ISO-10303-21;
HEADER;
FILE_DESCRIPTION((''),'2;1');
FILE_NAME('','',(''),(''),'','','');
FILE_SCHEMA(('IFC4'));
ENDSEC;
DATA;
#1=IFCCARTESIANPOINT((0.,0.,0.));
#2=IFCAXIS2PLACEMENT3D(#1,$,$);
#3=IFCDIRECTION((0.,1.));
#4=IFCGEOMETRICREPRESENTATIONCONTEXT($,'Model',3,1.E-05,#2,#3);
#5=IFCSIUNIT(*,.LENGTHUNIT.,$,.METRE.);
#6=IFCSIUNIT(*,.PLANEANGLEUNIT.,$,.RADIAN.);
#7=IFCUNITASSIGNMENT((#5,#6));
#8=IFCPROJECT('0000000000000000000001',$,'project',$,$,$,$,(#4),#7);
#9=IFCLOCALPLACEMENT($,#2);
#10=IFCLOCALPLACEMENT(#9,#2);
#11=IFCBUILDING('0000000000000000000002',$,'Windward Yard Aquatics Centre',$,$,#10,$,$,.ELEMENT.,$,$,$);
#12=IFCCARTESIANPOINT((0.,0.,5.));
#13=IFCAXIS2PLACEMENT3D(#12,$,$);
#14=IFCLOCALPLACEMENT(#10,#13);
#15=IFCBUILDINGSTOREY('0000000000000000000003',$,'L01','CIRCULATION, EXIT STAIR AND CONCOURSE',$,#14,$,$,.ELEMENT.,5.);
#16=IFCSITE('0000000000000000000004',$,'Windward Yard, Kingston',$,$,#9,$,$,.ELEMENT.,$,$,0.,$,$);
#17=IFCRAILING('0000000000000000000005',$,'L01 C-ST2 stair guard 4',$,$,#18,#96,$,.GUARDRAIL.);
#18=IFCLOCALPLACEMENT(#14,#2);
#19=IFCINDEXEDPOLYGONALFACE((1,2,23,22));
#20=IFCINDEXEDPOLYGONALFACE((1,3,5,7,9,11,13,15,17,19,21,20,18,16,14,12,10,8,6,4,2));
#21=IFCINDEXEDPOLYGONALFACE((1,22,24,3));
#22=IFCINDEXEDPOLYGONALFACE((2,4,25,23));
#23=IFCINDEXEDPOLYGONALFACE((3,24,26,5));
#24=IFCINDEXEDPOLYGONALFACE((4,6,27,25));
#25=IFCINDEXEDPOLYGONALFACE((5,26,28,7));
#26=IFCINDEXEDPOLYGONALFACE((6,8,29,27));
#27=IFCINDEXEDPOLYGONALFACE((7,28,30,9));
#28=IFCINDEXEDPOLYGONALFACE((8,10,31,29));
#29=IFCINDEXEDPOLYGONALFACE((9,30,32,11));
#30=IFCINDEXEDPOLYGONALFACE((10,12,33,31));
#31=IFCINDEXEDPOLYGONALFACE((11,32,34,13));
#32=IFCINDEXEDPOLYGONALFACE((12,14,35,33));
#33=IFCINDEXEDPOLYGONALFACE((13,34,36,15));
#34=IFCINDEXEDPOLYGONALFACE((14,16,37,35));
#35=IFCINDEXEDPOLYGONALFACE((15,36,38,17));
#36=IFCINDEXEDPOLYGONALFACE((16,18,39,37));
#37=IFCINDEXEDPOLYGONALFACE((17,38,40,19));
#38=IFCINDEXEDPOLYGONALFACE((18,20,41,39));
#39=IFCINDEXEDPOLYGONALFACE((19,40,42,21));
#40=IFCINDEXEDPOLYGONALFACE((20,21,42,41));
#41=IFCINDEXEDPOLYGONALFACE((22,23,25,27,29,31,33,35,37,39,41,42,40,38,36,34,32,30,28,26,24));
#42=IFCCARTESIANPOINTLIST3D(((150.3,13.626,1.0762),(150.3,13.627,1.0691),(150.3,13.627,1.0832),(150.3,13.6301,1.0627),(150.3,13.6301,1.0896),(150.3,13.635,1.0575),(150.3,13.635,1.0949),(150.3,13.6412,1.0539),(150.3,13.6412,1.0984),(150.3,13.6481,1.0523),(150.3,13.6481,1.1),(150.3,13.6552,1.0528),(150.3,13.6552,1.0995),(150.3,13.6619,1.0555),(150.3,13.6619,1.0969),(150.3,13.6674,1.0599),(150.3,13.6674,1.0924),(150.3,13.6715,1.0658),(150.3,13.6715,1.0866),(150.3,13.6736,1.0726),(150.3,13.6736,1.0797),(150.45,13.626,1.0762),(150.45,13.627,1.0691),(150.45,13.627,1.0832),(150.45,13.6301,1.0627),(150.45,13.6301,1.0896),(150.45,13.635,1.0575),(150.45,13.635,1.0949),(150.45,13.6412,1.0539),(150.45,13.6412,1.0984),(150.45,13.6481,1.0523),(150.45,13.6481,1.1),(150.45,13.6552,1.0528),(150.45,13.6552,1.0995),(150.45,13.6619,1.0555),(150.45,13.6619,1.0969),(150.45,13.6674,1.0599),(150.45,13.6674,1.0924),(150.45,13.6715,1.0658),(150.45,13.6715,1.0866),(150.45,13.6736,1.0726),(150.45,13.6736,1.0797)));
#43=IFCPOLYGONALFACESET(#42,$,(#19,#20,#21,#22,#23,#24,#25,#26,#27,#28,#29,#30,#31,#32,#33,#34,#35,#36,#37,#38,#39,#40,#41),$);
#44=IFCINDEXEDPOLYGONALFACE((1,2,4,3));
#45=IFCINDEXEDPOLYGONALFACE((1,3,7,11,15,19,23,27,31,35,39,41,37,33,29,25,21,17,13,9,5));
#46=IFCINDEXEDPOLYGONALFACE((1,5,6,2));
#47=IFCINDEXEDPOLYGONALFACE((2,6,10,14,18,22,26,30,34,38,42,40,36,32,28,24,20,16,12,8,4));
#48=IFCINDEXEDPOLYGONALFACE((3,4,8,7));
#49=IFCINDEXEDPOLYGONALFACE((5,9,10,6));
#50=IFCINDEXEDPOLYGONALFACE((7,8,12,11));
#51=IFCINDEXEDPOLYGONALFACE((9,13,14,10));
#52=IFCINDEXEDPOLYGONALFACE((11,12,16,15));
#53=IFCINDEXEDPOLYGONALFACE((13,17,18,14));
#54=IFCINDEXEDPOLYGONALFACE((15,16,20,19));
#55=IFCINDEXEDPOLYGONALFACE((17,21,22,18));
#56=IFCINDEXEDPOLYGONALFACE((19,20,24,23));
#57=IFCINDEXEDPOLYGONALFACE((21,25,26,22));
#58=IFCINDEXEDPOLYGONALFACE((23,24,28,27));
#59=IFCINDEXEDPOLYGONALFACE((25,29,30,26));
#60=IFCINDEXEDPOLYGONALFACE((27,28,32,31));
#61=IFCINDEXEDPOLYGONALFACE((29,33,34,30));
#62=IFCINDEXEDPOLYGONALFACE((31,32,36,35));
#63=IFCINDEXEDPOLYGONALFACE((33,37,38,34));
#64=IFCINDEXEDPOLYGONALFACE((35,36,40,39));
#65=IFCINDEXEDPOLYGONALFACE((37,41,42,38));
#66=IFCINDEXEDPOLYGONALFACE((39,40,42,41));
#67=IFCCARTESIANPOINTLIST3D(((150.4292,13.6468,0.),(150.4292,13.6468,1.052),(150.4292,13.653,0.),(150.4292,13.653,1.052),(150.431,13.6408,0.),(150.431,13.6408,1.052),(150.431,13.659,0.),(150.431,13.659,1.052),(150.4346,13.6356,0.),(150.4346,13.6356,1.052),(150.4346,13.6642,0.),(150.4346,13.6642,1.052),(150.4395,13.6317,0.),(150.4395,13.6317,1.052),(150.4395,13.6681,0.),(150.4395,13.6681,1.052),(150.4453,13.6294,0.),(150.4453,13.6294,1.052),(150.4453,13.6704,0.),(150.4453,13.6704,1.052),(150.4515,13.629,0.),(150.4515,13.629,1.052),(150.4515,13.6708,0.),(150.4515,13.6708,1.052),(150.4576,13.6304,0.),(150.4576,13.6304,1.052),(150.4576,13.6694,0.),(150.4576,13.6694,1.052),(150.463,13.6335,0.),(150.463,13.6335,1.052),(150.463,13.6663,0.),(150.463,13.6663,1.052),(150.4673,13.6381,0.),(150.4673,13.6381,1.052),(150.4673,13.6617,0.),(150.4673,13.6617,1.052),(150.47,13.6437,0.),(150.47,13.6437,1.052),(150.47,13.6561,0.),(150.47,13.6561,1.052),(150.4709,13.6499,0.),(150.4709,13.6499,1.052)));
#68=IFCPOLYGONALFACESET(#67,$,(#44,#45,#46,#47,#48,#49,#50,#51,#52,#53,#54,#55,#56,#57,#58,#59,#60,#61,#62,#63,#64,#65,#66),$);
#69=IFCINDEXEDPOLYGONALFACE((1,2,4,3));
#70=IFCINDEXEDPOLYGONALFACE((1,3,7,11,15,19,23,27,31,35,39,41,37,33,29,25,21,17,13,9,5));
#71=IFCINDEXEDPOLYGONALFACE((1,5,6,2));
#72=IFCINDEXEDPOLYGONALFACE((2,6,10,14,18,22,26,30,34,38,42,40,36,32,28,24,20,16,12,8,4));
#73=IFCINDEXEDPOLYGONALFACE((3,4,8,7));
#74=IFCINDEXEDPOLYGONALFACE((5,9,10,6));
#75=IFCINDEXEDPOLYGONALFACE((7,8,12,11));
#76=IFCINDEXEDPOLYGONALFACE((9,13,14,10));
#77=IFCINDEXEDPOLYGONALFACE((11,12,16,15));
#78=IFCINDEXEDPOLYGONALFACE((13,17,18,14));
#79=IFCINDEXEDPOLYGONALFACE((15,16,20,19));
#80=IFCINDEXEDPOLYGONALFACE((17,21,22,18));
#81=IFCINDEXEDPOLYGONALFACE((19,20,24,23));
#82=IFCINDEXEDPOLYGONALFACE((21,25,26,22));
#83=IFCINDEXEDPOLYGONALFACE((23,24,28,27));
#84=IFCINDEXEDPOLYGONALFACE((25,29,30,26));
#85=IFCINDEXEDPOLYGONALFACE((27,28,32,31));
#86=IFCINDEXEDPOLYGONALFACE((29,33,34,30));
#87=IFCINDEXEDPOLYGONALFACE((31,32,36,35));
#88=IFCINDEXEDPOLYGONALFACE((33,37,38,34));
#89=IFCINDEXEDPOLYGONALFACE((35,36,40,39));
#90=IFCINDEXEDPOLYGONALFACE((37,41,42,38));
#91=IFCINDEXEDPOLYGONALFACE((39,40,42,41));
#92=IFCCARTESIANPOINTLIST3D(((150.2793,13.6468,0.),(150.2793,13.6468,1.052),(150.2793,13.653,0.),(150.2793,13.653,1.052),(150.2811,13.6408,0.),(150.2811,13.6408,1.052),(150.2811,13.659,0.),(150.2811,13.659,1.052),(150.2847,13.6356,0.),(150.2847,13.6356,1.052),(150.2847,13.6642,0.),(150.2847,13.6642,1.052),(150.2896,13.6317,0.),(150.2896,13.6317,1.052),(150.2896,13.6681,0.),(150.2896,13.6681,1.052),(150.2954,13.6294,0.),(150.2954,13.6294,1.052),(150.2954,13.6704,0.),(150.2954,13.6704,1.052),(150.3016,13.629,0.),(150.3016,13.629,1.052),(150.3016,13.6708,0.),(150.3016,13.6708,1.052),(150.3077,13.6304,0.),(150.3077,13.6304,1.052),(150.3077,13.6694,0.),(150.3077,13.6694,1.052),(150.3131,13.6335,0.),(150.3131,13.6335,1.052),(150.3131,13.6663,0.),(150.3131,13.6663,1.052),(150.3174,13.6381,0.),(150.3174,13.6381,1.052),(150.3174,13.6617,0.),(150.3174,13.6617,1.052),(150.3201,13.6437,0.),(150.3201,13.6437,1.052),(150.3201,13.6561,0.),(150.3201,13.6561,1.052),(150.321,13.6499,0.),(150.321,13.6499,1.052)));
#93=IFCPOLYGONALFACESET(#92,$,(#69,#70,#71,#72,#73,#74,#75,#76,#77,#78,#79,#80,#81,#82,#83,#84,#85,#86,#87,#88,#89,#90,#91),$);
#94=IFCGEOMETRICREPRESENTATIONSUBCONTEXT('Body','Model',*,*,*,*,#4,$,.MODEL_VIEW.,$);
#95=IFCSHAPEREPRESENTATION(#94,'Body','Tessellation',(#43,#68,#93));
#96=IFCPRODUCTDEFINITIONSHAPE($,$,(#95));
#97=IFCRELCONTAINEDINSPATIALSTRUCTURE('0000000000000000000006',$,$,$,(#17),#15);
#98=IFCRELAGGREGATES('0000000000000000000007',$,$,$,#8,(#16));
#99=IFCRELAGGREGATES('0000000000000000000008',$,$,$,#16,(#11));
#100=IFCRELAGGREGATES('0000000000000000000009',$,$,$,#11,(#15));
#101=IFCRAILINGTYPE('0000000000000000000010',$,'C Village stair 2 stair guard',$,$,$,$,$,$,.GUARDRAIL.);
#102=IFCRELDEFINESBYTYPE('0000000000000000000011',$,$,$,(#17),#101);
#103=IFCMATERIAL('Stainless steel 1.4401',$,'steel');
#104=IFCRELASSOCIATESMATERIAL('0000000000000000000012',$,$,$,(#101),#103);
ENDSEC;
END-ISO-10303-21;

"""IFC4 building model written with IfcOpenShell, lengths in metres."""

from ifc_helpers import new_model, si_unit, direction, frame, origin, origin_2d, place, context, subcontext, project, spatial, circle, extrude, material, type_object, element, save


model = new_model("IFC4")

# Units and contexts
model_context = context("Model", 3, precision=1e-05, world=origin(), true_north=direction((0.0, 1.0)))
body_context = subcontext(model_context, "Body", "Model", "MODEL_VIEW")
ifc_project = project(units=[si_unit("LENGTHUNIT", "METRE"), si_unit("PLANEANGLEUNIT", "RADIAN")], contexts=[model_context])

# Site, building, storey
site_placement = place(None, origin())
site = spatial("IfcSite", under=ifc_project, at=site_placement, Name="Windward Yard, Kingston", CompositionType="ELEMENT", RefElevation=0.0)
building_placement = place(site_placement, origin())
building = spatial("IfcBuilding", under=site, at=building_placement, Name="Windward Yard Aquatics Centre", CompositionType="ELEMENT")
storey_placement = place(building_placement, frame((0.0, 0.0, 5.0)))
storey = spatial("IfcBuildingStorey", under=building, at=storey_placement, Name="L01", Description="CIRCULATION, EXIT STAIR AND CONCOURSE", CompositionType="ELEMENT", Elevation=5.0)

# Railing
ifc_material_1 = material(Name="Stainless steel 1.4401", Category="steel")
railing_type_1 = type_object("IfcRailingType", Name="C Village stair 2 stair guard", PredefinedType="GUARDRAIL", material=ifc_material_1)
railing_1_placement = place(storey_placement, frame((150.45, 13.6499, 0.0)))
element("IfcRailing", 1, at=railing_1_placement, inside=storey, type_object=railing_type_1, Name="L01 C-ST2 stair guard 4", PredefinedType="GUARDRAIL", context=body_context, shape_type="SweptSolid", body=[
    extrude(circle(Radius=0.0239, at=origin_2d()), frame((0.0, 0.0, 1.0762), z_axis=(-1.0, 0.0, 0.0), x_axis=(0.0, -1.0, 0.0)), (0.0, 0.0, 1.0), 0.1499),
    extrude(circle(Radius=0.021, at=origin_2d()), origin(), (0.0, 0.0, 1.0), 1.052),
    extrude(circle(Radius=0.021, at=origin_2d()), frame((-0.1499, 0.0, 0.0)), (0.0, 0.0, 1.0), 1.052),
])

save(model, "model.ifc")
